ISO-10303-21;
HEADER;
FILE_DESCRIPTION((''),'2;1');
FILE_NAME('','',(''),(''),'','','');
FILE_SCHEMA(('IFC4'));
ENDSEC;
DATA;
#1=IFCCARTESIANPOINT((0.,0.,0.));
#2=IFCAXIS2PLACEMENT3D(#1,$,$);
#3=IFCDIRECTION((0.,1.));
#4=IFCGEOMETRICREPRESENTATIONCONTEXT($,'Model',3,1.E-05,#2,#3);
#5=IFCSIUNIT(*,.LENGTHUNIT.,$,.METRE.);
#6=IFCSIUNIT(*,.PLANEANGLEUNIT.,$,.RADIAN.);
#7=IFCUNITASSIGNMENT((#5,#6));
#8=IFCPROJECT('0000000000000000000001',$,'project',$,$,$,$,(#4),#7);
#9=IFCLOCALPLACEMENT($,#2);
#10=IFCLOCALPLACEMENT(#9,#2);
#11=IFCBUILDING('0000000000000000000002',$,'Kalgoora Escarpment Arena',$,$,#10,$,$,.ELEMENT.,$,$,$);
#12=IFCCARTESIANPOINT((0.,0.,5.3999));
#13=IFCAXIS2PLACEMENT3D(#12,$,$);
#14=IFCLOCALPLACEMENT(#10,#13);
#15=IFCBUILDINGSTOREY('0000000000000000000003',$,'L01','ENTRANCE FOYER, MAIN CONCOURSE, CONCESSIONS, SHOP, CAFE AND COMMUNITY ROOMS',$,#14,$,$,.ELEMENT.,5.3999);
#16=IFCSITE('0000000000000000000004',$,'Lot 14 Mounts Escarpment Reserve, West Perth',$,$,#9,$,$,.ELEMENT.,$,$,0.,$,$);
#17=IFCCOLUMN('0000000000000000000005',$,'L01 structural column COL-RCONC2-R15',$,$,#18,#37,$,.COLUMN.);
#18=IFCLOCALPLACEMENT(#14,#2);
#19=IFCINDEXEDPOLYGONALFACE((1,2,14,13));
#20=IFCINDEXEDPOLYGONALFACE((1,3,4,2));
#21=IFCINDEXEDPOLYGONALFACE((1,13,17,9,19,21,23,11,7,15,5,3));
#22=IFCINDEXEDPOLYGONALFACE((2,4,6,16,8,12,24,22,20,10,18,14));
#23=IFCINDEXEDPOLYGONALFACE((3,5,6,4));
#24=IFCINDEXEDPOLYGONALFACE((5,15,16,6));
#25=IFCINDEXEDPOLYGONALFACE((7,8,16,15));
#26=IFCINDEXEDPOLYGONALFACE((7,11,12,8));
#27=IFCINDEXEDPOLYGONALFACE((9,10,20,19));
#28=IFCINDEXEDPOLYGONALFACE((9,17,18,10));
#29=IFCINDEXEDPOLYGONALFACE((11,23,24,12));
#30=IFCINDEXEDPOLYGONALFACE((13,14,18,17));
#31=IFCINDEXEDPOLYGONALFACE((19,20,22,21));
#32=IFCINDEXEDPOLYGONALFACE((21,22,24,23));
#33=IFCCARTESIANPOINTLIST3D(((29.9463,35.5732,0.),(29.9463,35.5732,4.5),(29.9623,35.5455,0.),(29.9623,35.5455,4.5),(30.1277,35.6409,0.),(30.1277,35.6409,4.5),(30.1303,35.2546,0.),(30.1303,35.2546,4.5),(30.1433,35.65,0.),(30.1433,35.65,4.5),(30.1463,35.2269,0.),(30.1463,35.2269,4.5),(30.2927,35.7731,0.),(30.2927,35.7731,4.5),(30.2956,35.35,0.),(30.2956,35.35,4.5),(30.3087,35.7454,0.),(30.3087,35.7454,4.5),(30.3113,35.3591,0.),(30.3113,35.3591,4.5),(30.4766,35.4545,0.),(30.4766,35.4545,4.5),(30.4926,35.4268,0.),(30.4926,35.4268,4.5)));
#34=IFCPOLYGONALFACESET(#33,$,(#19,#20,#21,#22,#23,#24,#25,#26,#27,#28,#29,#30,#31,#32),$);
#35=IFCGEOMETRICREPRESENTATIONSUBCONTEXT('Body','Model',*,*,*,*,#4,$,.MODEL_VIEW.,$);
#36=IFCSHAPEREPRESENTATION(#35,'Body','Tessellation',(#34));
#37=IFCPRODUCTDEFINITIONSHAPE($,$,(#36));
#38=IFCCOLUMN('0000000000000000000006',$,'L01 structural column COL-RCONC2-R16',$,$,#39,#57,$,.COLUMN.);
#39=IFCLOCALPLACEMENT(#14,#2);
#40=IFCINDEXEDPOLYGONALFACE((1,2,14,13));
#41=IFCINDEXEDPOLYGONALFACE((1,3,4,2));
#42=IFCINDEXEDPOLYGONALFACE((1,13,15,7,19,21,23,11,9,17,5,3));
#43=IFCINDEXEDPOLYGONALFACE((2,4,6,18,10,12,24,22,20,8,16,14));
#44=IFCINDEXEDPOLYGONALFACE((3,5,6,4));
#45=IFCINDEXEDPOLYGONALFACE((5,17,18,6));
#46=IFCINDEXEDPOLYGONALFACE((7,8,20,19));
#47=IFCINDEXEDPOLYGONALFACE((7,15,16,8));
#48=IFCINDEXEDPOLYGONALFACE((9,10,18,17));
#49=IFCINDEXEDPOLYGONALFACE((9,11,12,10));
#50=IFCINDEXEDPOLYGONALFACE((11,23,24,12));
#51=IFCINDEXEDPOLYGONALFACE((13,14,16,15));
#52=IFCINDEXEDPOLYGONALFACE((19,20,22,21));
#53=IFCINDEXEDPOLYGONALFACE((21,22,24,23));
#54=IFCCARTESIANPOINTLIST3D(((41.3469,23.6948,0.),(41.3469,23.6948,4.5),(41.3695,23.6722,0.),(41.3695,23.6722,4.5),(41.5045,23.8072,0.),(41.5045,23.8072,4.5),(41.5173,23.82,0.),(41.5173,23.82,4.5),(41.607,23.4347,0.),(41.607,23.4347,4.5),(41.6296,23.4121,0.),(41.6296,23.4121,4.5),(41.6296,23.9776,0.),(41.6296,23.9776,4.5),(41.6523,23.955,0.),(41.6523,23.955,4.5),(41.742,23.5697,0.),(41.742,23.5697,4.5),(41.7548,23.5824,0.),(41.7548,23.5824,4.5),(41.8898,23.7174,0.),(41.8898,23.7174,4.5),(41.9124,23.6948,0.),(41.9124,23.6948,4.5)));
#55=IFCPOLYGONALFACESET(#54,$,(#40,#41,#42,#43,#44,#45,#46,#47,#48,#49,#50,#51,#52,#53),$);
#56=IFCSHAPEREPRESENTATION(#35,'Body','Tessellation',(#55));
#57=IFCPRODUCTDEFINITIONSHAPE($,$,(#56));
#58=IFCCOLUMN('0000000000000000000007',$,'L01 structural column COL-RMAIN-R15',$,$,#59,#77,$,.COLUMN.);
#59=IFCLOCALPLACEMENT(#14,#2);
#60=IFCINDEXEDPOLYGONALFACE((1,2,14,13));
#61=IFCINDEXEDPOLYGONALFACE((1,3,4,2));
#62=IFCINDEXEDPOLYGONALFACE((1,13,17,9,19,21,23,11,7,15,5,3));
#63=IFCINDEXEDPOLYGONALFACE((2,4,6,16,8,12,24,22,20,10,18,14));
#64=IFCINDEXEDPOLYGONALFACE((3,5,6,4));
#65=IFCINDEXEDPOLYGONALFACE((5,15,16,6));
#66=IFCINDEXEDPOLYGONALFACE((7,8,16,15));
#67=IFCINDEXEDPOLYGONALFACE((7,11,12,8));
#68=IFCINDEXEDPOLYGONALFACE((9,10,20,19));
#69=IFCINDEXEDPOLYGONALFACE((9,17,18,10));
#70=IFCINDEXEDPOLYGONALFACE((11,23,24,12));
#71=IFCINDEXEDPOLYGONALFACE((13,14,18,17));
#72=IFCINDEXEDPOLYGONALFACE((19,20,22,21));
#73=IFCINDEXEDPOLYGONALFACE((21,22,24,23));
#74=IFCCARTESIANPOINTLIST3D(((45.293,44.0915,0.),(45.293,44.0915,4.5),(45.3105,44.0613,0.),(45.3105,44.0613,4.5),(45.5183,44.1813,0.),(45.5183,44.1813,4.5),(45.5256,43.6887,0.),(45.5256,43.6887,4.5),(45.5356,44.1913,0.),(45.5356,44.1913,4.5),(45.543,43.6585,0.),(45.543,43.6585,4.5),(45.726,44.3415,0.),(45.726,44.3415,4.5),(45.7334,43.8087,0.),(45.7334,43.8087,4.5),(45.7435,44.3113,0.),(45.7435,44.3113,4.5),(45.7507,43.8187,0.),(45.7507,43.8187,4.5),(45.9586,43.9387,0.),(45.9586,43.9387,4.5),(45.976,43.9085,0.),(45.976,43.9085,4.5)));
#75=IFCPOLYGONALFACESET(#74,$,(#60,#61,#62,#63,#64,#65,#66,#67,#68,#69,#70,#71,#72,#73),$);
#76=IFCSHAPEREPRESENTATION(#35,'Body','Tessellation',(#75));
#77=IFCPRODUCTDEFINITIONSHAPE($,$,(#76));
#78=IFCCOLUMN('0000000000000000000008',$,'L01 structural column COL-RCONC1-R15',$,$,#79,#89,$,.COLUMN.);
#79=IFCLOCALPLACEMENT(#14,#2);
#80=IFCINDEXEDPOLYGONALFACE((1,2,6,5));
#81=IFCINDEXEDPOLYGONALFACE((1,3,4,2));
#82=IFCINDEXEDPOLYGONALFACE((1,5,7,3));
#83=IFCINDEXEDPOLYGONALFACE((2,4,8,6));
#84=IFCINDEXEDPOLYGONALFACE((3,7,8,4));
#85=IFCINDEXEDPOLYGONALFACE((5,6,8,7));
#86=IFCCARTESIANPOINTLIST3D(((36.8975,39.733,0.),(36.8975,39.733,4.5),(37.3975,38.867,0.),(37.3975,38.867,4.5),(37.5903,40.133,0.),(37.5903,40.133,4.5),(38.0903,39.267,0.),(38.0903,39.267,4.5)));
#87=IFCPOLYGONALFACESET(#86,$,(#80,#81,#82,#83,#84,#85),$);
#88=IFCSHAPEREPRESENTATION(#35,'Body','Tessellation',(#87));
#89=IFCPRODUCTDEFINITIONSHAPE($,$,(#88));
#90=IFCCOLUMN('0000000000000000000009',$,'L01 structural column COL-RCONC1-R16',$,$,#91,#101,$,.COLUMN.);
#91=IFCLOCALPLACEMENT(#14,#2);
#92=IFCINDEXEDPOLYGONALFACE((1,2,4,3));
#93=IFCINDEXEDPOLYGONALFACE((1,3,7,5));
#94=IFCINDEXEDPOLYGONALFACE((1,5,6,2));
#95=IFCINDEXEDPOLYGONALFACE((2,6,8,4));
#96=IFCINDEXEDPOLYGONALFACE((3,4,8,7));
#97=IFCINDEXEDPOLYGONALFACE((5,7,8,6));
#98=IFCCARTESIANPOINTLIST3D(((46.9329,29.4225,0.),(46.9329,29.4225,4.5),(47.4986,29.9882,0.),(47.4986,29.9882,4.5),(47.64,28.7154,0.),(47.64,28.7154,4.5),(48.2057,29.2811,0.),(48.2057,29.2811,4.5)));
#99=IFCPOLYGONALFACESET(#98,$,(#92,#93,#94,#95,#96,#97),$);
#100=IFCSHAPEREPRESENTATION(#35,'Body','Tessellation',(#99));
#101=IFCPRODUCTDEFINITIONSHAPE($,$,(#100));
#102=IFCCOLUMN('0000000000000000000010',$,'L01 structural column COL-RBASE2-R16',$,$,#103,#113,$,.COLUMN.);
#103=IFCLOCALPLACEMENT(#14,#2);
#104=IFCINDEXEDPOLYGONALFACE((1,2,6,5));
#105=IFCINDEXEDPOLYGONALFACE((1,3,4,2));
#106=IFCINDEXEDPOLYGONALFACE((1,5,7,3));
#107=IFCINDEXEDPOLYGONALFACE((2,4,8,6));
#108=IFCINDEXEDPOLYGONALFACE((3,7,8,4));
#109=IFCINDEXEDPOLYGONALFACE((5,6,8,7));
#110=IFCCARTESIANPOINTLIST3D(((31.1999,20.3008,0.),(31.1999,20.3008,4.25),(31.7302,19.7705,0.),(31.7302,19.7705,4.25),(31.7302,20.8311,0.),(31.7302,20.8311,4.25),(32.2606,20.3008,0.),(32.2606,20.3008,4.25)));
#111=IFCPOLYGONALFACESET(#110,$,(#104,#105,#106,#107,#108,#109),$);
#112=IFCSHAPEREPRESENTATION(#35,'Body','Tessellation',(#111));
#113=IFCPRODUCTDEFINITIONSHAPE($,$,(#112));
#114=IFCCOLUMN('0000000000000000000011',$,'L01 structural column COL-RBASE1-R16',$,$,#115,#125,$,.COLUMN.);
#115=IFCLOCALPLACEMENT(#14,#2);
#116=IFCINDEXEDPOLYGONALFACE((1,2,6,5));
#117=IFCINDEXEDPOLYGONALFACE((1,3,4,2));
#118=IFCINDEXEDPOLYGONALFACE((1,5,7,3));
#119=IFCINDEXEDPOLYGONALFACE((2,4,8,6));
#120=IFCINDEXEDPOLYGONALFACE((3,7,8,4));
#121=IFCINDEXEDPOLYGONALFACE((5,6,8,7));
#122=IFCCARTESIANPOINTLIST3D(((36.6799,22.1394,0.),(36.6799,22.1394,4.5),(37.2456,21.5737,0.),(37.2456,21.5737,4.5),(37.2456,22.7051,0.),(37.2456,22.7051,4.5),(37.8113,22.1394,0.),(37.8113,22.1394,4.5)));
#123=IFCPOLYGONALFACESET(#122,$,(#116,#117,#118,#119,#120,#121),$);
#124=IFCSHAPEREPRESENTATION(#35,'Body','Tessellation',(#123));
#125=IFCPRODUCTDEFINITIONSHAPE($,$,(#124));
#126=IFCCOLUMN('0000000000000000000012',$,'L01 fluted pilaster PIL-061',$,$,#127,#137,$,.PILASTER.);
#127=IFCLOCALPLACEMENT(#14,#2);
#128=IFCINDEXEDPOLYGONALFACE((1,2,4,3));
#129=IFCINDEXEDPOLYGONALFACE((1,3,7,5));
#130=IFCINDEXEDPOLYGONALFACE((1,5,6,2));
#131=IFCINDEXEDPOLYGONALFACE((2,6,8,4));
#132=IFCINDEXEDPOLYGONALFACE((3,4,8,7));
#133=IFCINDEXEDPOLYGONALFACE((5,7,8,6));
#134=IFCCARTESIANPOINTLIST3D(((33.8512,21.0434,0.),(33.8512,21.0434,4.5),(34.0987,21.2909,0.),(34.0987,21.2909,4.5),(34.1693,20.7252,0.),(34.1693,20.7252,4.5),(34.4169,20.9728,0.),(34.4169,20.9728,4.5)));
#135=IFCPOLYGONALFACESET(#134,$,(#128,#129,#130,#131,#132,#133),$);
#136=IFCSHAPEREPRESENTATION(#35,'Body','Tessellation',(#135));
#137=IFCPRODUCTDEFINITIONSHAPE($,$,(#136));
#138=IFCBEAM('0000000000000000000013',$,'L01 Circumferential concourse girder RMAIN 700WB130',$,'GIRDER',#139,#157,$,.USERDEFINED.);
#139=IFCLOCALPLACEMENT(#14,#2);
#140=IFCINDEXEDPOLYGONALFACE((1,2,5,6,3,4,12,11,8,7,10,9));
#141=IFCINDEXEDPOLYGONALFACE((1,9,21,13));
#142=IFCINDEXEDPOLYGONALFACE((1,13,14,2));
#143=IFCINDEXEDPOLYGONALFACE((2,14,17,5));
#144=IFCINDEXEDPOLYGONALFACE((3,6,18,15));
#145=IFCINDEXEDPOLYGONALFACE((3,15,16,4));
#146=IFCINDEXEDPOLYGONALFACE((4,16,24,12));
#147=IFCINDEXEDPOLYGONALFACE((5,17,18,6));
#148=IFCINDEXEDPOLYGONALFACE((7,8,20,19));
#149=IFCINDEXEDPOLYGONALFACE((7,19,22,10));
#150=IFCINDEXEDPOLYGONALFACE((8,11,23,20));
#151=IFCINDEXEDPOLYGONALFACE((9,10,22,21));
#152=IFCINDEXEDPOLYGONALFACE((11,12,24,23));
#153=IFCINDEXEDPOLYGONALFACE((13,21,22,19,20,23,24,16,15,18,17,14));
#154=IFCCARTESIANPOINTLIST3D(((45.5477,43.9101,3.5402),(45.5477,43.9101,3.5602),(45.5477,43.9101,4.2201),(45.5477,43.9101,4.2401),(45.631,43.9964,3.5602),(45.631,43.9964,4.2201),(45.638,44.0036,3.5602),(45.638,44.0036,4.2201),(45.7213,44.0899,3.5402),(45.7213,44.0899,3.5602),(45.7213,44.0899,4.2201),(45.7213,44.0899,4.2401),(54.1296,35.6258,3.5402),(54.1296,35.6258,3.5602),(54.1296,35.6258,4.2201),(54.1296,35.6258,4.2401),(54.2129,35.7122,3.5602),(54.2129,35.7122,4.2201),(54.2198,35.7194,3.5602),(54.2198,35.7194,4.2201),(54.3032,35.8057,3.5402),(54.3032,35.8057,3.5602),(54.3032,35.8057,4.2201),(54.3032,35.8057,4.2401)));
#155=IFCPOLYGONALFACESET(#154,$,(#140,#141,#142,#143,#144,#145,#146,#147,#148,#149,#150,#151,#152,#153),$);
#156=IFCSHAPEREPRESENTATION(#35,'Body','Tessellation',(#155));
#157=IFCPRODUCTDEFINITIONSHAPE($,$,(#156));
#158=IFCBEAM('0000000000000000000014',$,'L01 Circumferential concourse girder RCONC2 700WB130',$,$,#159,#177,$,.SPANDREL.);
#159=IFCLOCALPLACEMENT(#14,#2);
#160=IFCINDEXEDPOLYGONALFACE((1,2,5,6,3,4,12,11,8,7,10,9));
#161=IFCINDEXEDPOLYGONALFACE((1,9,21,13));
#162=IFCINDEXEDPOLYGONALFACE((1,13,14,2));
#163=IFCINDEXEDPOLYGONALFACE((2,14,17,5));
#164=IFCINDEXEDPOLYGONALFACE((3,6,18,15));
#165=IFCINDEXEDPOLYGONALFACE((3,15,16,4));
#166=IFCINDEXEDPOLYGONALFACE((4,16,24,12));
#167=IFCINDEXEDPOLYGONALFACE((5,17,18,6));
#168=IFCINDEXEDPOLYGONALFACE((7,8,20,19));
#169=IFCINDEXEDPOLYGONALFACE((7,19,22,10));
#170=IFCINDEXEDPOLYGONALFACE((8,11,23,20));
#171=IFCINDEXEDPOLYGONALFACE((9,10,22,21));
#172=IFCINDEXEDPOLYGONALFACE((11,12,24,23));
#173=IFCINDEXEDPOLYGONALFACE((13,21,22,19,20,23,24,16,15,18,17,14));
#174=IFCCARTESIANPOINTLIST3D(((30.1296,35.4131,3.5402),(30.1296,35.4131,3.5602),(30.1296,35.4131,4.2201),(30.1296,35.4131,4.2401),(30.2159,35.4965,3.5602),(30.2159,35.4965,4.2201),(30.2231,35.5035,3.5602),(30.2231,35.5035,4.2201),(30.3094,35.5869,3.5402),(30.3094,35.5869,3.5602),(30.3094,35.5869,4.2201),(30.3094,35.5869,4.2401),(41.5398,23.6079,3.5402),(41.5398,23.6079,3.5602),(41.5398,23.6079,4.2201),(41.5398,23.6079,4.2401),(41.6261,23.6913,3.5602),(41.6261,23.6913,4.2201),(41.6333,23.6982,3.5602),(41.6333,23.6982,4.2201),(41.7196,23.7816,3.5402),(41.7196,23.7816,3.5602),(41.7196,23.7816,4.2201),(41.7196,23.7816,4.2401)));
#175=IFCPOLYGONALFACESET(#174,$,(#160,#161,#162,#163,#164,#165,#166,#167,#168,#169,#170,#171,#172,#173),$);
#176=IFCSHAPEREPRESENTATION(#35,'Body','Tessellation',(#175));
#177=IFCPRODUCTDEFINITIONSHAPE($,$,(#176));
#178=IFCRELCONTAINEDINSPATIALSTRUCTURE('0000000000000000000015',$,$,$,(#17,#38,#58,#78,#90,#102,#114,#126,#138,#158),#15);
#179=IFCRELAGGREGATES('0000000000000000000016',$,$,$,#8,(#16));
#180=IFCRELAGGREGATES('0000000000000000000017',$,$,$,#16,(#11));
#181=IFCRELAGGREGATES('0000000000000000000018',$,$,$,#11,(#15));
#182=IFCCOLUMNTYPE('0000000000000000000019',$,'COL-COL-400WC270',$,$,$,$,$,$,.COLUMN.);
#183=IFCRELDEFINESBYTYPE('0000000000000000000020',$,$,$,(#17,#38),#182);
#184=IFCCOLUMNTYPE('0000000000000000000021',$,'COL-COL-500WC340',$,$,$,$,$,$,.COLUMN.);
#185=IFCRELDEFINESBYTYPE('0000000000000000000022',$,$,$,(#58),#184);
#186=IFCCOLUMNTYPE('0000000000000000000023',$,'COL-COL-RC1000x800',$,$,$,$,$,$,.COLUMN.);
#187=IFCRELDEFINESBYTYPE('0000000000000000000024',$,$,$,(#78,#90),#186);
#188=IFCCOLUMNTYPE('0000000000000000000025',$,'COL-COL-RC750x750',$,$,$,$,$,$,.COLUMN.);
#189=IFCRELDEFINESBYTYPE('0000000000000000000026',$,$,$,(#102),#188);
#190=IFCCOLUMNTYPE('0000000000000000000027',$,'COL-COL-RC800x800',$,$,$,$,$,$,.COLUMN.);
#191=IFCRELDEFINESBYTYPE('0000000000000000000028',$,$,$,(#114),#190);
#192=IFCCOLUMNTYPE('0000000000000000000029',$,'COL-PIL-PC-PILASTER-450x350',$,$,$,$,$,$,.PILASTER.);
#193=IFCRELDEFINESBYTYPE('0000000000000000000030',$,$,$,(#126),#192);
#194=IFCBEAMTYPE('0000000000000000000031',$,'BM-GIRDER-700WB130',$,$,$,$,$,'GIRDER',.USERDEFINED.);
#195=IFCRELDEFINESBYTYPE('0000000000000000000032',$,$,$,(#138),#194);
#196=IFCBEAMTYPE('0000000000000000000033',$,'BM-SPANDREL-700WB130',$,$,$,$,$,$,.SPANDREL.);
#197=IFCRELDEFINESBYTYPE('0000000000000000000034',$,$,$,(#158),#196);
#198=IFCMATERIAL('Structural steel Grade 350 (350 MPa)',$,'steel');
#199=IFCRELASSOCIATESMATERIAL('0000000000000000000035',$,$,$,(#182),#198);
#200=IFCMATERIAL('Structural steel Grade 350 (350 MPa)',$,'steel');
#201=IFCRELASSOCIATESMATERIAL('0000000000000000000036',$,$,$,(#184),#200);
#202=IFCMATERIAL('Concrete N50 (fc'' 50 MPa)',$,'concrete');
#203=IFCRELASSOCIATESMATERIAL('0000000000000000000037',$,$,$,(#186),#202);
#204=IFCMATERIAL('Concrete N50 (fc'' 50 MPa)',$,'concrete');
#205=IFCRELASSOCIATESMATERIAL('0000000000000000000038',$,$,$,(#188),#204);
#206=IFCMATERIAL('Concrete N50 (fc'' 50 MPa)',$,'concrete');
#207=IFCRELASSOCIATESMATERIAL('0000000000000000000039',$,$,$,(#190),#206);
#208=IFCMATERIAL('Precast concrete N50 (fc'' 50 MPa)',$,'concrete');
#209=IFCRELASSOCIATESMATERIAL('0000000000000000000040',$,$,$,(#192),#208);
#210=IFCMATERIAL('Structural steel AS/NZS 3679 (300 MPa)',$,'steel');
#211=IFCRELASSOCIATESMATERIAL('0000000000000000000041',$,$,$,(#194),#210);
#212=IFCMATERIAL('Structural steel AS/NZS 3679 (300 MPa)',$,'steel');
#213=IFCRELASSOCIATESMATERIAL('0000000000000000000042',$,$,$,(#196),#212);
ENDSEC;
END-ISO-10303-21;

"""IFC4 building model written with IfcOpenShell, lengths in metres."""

from ifc_helpers import new_model, si_unit, direction, frame, origin, origin_2d, place, context, subcontext, project, spatial, rectangle, i_section, extrude, material, material_profile, profile_set, type_object, element, save


model = new_model("IFC4")

# Units and contexts
model_context = context("Model", 3, precision=1e-05, world=origin(), true_north=direction((0.0, 1.0)))
body_context = subcontext(model_context, "Body", "Model", "MODEL_VIEW")
ifc_project = project(units=[si_unit("LENGTHUNIT", "METRE"), si_unit("PLANEANGLEUNIT", "RADIAN")], contexts=[model_context])

# Site, building, storey
site_placement = place(None, origin())
site = spatial("IfcSite", under=ifc_project, at=site_placement, Name="Lot 14 Mounts Escarpment Reserve, West Perth", CompositionType="ELEMENT", RefElevation=0.0)
building_placement = place(site_placement, origin())
building = spatial("IfcBuilding", under=site, at=building_placement, Name="Kalgoora Escarpment Arena", CompositionType="ELEMENT")
storey_placement = place(building_placement, frame((0.0, 0.0, 5.3999)))
storey = spatial("IfcBuildingStorey", under=building, at=storey_placement, Name="L01", Description="ENTRANCE FOYER, MAIN CONCOURSE, CONCESSIONS, SHOP, CAFE AND COMMUNITY ROOMS", CompositionType="ELEMENT", Elevation=5.3999)

# Columns
ifc_material_1 = material(Name="Structural steel Grade 350 (350 MPa)", Category="steel")
ifc_material_profile_1 = material_profile(ifc_material_1, i_section(OverallWidth=0.3999, OverallDepth=0.3999, WebThickness=0.0181, FlangeThickness=0.032, at=origin_2d()))
ifc_profile_set_1 = profile_set([ifc_material_profile_1], Name="Structural steel Grade 350 (350 MPa)")
column_type_1 = type_object("IfcColumnType", Name="COL-COL-400WC270", PredefinedType="COLUMN", material=ifc_profile_set_1)
for number, where, z_axis, x_axis, name in (
    (1, (30.2195, 35.5, 0.0), (0.0, 0.0, 1.0), (-0.866025, -0.5, 0.0), "L01 structural column COL-RCONC2-R15"),
    (2, (41.6296, 23.6948, 0.0), (0.0, 0.0, 1.0), (-0.707107, -0.707107, 0.0), "L01 structural column COL-RCONC2-R16"),
):
    element("IfcColumn", number, at=place(storey_placement, frame(where, z_axis=z_axis, x_axis=x_axis)), inside=storey, type_object=column_type_1, Name=name, PredefinedType="COLUMN", context=body_context, shape_type="SweptSolid", body=[
        extrude(i_section(OverallWidth=0.3999, OverallDepth=0.3999, WebThickness=0.0181, FlangeThickness=0.032, at=origin_2d()), origin(), (0.0, 0.0, 1.0), 4.5),
    ])
ifc_material_2 = material(Name="Structural steel Grade 350 (350 MPa)", Category="steel")
ifc_material_profile_2 = material_profile(ifc_material_2, i_section(OverallWidth=0.5, OverallDepth=0.5, WebThickness=0.02, FlangeThickness=0.0349, at=origin_2d()))
ifc_profile_set_2 = profile_set([ifc_material_profile_2], Name="Structural steel Grade 350 (350 MPa)")
column_type_2 = type_object("IfcColumnType", Name="COL-COL-500WC340", PredefinedType="COLUMN", material=ifc_profile_set_2)
column_1_placement = place(storey_placement, frame((45.6345, 44.0, 0.0), z_axis=(0.0, 0.0, 1.0), x_axis=(-0.866025, -0.5, 0.0)))
element("IfcColumn", 3, at=column_1_placement, inside=storey, type_object=column_type_2, Name="L01 structural column COL-RMAIN-R15", PredefinedType="COLUMN", context=body_context, shape_type="SweptSolid", body=[
    extrude(i_section(OverallWidth=0.5, OverallDepth=0.5, WebThickness=0.02, FlangeThickness=0.0349, at=origin_2d()), origin(), (0.0, 0.0, 1.0), 4.5),
])
ifc_material_3 = material(Name="Concrete N50 (fc' 50 MPa)", Category="concrete")
ifc_material_profile_3 = material_profile(ifc_material_3, rectangle(XDim=0.8, YDim=1.0, at=origin_2d()))
ifc_profile_set_3 = profile_set([ifc_material_profile_3], Name="Concrete N50 (fc' 50 MPa)")
column_type_3 = type_object("IfcColumnType", Name="COL-COL-RC1000x800", PredefinedType="COLUMN", material=ifc_profile_set_3)
for number, where, z_axis, x_axis, name in (
    (4, (37.4939, 39.5, 0.0), (0.0, 0.0, 1.0), (-0.866025, -0.5, 0.0), "L01 structural column COL-RCONC1-R15"),
    (5, (47.5693, 29.3518, 0.0), (0.0, 0.0, 1.0), (-0.707107, -0.707107, 0.0), "L01 structural column COL-RCONC1-R16"),
):
    element("IfcColumn", number, at=place(storey_placement, frame(where, z_axis=z_axis, x_axis=x_axis)), inside=storey, type_object=column_type_3, Name=name, PredefinedType="COLUMN", context=body_context, shape_type="SweptSolid", body=[
        extrude(rectangle(XDim=0.8, YDim=1.0, at=origin_2d()), origin(), (0.0, 0.0, 1.0), 4.5),
    ])
ifc_material_4 = material(Name="Concrete N50 (fc' 50 MPa)", Category="concrete")
ifc_material_profile_4 = material_profile(ifc_material_4, rectangle(XDim=0.75, YDim=0.75, at=origin_2d()))
ifc_profile_set_4 = profile_set([ifc_material_profile_4], Name="Concrete N50 (fc' 50 MPa)")
column_type_4 = type_object("IfcColumnType", Name="COL-COL-RC750x750", PredefinedType="COLUMN", material=ifc_profile_set_4)
column_2_placement = place(storey_placement, frame((31.7302, 20.3008, 0.0), z_axis=(0.0, 0.0, 1.0), x_axis=(-0.707107, -0.707107, 0.0)))
element("IfcColumn", 6, at=column_2_placement, inside=storey, type_object=column_type_4, Name="L01 structural column COL-RBASE2-R16", PredefinedType="COLUMN", context=body_context, shape_type="SweptSolid", body=[
    extrude(rectangle(XDim=0.75, YDim=0.75, at=origin_2d()), origin(), (0.0, 0.0, 1.0), 4.25),
])
ifc_material_5 = material(Name="Concrete N50 (fc' 50 MPa)", Category="concrete")
ifc_material_profile_5 = material_profile(ifc_material_5, rectangle(XDim=0.8, YDim=0.8, at=origin_2d()))
ifc_profile_set_5 = profile_set([ifc_material_profile_5], Name="Concrete N50 (fc' 50 MPa)")
column_type_5 = type_object("IfcColumnType", Name="COL-COL-RC800x800", PredefinedType="COLUMN", material=ifc_profile_set_5)
column_3_placement = place(storey_placement, frame((37.2456, 22.1394, 0.0), z_axis=(0.0, 0.0, 1.0), x_axis=(-0.707107, -0.707107, 0.0)))
element("IfcColumn", 7, at=column_3_placement, inside=storey, type_object=column_type_5, Name="L01 structural column COL-RBASE1-R16", PredefinedType="COLUMN", context=body_context, shape_type="SweptSolid", body=[
    extrude(rectangle(XDim=0.8, YDim=0.8, at=origin_2d()), origin(), (0.0, 0.0, 1.0), 4.5),
])
ifc_material_6 = material(Name="Precast concrete N50 (fc' 50 MPa)", Category="concrete")
ifc_material_profile_6 = material_profile(ifc_material_6, rectangle(XDim=0.3501, YDim=0.45, at=origin_2d()))
ifc_profile_set_6 = profile_set([ifc_material_profile_6], Name="Precast concrete N50 (fc' 50 MPa)")
column_type_6 = type_object("IfcColumnType", Name="COL-PIL-PC-PILASTER-450x350", PredefinedType="PILASTER", material=ifc_profile_set_6)
column_4_placement = place(storey_placement, frame((34.134, 21.0081, 0.0), z_axis=(0.0, 0.0, 1.0), x_axis=(-0.707107, -0.707107, 0.0)))
element("IfcColumn", 8, at=column_4_placement, inside=storey, type_object=column_type_6, Name="L01 fluted pilaster PIL-061", PredefinedType="PILASTER", context=body_context, shape_type="SweptSolid", body=[
    extrude(rectangle(XDim=0.3501, YDim=0.45, at=origin_2d()), origin(), (0.0, 0.0, 1.0), 4.5),
])

# Beams
ifc_material_7 = material(Name="Structural steel AS/NZS 3679 (300 MPa)", Category="steel")
ifc_material_profile_7 = material_profile(ifc_material_7, i_section(OverallWidth=0.25, OverallDepth=0.7, WebThickness=0.01, FlangeThickness=0.02, at=origin_2d()))
ifc_profile_set_7 = profile_set([ifc_material_profile_7], Name="Structural steel AS/NZS 3679 (300 MPa)")
beam_type_1 = type_object("IfcBeamType", Name="BM-GIRDER-700WB130", ElementType="GIRDER", PredefinedType="USERDEFINED", material=ifc_profile_set_7)
beam_1_placement = place(storey_placement, frame((45.6345, 44.0, 3.8901), z_axis=(0.719472, -0.694521, 0.0), x_axis=(0.694521, 0.719472, 0.0)))
element("IfcBeam", 9, at=beam_1_placement, inside=storey, type_object=beam_type_1, Name="L01 Circumferential concourse girder RMAIN 700WB130", ObjectType="GIRDER", PredefinedType="USERDEFINED", context=body_context, shape_type="SweptSolid", body=[
    extrude(i_section(OverallWidth=0.25, OverallDepth=0.7, WebThickness=0.01, FlangeThickness=0.02, at=origin_2d()), origin(), (0.0, 0.0, 1.0), 11.928),
])
ifc_material_8 = material(Name="Structural steel AS/NZS 3679 (300 MPa)", Category="steel")
ifc_material_profile_8 = material_profile(ifc_material_8, i_section(OverallWidth=0.25, OverallDepth=0.7, WebThickness=0.01, FlangeThickness=0.02, at=origin_2d()))
ifc_profile_set_8 = profile_set([ifc_material_profile_8], Name="Structural steel AS/NZS 3679 (300 MPa)")
beam_type_2 = type_object("IfcBeamType", Name="BM-SPANDREL-700WB130", PredefinedType="SPANDREL", material=ifc_profile_set_8)
beam_2_placement = place(storey_placement, frame((30.2195, 35.5, 3.8901), z_axis=(0.694974, -0.719034, 0.0), x_axis=(0.719034, 0.694974, 0.0)))
element("IfcBeam", 10, at=beam_2_placement, inside=storey, type_object=beam_type_2, Name="L01 Circumferential concourse girder RCONC2 700WB130", PredefinedType="SPANDREL", context=body_context, shape_type="SweptSolid", body=[
    extrude(i_section(OverallWidth=0.25, OverallDepth=0.7, WebThickness=0.01, FlangeThickness=0.02, at=origin_2d()), origin(), (0.0, 0.0, 1.0), 16.4182),
])

save(model, "model.ifc")
